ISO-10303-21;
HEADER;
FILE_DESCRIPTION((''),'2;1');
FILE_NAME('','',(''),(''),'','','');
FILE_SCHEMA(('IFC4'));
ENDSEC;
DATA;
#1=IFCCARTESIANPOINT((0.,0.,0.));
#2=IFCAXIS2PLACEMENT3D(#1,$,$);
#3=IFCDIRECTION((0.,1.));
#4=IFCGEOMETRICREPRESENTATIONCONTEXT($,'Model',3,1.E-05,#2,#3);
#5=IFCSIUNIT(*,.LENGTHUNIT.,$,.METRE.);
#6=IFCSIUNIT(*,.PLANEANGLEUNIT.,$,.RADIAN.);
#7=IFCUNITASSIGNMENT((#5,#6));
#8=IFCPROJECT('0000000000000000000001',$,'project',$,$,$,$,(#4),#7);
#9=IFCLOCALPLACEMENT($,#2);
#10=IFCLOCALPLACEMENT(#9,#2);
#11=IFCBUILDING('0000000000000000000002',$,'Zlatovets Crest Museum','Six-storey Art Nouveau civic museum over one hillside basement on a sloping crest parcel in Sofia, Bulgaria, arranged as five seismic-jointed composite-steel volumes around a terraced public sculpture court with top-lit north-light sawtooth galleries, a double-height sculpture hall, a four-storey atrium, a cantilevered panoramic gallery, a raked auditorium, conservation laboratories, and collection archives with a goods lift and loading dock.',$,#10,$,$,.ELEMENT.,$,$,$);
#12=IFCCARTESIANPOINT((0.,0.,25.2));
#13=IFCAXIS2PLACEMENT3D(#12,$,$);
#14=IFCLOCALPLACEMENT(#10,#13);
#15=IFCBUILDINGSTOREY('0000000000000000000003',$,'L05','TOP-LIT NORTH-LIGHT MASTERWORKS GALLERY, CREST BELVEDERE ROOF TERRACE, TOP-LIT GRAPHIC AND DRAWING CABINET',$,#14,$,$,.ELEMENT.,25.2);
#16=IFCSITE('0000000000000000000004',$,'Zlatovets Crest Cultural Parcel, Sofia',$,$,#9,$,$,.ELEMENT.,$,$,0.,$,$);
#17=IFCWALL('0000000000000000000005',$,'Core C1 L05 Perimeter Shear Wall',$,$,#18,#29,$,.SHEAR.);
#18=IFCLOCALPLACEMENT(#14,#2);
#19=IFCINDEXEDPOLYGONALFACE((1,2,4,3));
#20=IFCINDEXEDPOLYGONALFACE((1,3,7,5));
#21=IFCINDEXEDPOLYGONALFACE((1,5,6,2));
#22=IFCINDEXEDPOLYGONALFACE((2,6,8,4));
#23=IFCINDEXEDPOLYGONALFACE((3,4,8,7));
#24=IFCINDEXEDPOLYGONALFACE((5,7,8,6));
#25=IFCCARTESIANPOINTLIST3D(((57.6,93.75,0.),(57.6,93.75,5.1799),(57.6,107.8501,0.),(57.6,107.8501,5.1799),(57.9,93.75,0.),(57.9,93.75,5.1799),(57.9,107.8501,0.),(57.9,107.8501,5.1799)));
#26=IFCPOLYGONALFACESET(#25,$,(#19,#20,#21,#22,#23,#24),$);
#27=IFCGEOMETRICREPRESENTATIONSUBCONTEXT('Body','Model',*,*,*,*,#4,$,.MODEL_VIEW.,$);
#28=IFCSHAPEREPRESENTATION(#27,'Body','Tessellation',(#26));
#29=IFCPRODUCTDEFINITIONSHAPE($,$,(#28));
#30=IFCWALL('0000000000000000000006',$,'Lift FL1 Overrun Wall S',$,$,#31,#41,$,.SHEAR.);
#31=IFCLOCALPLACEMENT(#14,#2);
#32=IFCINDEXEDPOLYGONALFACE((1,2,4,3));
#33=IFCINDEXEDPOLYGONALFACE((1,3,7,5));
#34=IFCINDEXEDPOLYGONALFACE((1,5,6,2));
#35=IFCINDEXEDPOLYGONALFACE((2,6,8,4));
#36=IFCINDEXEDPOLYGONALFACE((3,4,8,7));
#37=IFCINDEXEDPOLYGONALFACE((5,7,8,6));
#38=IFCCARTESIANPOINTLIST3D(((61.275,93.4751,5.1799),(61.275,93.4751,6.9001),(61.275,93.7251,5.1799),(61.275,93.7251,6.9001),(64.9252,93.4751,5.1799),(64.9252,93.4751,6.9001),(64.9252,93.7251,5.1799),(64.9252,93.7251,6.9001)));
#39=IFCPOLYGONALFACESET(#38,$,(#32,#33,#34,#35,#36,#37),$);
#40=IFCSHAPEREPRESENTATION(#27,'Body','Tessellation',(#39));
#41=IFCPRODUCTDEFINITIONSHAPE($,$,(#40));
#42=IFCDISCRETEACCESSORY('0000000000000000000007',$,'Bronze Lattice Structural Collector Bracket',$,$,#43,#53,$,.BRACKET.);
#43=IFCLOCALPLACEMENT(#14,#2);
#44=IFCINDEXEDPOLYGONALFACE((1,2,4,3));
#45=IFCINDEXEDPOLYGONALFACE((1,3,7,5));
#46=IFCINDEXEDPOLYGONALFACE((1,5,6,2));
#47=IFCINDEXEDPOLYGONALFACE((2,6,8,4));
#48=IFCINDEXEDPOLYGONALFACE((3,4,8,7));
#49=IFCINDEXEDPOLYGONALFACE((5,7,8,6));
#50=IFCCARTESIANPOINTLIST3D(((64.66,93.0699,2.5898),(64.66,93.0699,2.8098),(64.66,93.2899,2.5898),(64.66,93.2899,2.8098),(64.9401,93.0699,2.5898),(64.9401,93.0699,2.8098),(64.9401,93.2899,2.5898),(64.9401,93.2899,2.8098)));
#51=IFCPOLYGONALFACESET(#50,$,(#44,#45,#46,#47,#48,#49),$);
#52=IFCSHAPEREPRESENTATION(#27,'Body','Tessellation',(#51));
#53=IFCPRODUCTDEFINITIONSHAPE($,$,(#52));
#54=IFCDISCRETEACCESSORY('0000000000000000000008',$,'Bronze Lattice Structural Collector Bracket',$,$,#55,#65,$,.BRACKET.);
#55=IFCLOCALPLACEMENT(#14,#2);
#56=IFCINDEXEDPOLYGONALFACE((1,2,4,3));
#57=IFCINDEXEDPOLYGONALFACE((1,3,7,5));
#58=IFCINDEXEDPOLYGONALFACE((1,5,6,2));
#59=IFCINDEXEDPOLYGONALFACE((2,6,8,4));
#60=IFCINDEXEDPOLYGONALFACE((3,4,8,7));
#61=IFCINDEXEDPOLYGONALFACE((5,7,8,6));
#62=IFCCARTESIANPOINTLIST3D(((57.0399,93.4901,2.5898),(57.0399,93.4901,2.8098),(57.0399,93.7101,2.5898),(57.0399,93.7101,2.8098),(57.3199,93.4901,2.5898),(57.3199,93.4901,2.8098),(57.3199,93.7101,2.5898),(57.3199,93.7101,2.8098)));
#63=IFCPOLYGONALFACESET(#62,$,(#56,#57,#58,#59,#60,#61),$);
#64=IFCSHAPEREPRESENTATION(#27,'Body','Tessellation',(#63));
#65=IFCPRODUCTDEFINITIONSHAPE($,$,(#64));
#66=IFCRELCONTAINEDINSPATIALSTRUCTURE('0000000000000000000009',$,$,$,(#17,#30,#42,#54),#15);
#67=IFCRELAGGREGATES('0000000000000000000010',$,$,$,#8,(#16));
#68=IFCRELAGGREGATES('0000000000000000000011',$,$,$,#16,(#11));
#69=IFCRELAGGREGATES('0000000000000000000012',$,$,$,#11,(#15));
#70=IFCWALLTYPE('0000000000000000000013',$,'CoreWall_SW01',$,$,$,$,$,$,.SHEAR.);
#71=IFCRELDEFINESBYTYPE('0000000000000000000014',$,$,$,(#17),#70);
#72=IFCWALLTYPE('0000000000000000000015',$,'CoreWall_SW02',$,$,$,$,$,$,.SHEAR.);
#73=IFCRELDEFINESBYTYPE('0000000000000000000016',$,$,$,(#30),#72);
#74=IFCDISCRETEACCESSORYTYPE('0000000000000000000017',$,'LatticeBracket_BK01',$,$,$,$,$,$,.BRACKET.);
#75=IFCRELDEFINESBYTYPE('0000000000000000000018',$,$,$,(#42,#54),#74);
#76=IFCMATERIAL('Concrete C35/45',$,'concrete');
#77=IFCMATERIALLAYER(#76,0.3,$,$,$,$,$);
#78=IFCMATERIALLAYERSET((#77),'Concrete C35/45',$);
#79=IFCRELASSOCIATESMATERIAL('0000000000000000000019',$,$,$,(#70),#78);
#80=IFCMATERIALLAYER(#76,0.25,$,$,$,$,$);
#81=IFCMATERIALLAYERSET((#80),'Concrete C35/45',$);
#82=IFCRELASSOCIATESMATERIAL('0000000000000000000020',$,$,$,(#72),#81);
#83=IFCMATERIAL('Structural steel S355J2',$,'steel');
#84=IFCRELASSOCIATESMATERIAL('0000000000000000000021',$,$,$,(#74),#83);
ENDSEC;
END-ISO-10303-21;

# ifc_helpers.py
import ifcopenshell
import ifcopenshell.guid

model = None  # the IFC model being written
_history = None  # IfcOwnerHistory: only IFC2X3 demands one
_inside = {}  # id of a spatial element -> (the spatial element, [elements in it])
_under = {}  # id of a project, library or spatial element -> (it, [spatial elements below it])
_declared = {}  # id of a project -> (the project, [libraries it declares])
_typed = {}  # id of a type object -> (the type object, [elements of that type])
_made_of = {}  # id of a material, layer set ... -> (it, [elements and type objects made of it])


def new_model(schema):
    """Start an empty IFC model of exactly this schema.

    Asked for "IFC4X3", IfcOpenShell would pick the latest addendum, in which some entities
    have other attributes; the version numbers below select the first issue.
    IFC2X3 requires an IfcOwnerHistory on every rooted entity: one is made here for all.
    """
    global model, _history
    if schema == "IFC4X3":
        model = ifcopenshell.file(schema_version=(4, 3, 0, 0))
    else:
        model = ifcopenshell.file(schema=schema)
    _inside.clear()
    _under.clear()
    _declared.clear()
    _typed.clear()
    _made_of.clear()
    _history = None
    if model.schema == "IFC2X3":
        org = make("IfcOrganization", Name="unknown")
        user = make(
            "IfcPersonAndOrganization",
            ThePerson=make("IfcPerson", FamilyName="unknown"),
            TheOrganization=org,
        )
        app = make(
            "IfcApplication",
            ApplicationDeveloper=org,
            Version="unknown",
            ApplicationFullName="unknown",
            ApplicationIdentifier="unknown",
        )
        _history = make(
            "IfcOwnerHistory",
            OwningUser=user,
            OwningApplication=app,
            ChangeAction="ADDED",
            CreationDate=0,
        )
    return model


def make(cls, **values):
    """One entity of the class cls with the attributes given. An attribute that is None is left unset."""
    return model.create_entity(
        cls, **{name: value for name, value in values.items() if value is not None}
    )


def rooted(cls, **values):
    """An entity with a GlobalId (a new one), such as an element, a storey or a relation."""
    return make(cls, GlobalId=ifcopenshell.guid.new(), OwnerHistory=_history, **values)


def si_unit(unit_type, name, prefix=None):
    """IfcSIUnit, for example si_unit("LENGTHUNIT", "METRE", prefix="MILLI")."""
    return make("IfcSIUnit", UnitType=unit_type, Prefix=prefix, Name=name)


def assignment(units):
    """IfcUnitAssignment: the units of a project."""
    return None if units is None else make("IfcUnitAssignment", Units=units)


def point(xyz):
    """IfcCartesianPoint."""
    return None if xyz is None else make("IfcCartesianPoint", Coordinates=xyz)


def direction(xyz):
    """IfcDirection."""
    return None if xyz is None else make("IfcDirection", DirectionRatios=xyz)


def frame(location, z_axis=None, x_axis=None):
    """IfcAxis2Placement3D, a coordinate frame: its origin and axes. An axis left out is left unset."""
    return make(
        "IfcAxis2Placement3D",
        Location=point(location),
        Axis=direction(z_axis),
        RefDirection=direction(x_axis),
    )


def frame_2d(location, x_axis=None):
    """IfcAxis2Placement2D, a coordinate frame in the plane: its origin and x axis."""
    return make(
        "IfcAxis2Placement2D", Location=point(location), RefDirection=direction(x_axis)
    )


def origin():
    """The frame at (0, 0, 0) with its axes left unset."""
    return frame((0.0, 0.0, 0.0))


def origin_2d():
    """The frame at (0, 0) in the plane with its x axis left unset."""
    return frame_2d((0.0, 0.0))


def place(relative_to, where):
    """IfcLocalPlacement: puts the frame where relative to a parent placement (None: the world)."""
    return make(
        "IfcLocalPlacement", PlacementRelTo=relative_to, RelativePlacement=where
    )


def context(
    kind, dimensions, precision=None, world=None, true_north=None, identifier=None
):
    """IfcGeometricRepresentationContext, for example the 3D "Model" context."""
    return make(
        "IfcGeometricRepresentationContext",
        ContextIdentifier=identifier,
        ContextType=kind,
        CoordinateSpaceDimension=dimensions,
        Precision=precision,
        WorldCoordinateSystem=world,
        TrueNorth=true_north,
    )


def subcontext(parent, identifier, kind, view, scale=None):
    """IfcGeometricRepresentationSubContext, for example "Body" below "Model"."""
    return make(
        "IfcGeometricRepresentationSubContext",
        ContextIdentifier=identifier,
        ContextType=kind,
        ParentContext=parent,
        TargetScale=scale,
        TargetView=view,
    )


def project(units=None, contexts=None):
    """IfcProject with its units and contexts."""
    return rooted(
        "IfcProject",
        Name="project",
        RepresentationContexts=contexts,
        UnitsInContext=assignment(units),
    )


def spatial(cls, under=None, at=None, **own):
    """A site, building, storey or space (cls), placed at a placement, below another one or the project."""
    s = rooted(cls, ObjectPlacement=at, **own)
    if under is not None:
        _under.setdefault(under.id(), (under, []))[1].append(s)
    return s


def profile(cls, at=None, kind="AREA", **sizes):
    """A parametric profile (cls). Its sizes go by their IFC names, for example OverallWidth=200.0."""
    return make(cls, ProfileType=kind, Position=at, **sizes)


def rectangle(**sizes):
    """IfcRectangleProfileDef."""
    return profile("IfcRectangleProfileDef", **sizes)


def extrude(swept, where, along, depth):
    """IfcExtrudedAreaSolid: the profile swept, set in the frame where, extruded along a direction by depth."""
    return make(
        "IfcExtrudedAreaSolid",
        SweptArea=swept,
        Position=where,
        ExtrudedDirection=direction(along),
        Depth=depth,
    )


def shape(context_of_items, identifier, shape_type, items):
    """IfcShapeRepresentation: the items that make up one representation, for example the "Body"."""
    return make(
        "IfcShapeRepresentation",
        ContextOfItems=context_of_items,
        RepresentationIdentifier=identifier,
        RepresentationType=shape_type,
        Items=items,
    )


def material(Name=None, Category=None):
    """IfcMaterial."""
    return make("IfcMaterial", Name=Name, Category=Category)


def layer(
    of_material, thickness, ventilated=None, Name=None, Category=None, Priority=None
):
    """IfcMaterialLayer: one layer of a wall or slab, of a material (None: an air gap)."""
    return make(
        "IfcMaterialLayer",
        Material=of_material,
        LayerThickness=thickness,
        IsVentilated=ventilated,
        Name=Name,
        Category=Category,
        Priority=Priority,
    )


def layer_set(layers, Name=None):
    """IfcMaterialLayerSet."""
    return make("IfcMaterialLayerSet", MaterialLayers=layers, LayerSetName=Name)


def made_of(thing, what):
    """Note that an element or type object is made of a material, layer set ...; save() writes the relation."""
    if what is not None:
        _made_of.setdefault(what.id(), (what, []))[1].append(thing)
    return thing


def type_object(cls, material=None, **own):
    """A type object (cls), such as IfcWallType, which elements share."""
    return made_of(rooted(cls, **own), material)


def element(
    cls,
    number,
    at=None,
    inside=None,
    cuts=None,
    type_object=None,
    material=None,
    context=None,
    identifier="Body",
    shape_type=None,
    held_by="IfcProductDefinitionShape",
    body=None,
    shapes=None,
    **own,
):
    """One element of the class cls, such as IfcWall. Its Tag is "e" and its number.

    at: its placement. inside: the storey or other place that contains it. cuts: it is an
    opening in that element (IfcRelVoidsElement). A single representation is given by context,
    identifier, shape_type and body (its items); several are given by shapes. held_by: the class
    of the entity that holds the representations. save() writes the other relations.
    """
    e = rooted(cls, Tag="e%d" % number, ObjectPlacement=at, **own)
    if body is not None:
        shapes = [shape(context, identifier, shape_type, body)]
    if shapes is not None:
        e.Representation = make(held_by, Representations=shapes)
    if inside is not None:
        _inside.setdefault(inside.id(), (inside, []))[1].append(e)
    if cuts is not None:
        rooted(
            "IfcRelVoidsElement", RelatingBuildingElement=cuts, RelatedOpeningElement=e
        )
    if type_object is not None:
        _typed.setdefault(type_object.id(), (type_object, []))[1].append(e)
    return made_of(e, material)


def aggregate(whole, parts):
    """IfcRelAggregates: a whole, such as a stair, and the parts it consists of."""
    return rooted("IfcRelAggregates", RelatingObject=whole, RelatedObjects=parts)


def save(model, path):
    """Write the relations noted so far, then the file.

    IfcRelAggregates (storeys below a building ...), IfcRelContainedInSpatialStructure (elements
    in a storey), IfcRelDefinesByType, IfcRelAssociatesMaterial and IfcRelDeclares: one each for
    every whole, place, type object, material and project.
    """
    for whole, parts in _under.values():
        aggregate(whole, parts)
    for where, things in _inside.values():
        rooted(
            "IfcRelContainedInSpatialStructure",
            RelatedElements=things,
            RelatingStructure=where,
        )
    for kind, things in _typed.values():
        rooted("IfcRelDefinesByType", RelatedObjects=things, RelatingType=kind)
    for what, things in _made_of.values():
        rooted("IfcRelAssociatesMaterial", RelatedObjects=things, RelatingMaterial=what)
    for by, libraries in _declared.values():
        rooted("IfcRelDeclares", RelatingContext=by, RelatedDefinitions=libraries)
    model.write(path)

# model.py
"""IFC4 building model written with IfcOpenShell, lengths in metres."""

from ifc_helpers import new_model, si_unit, direction, frame, frame_2d, origin, origin_2d, place, context, subcontext, project, spatial, rectangle, extrude, material, layer, layer_set, type_object, element, save


model = new_model("IFC4")

# Units and contexts
model_context = context("Model", 3, precision=1e-05, world=origin(), true_north=direction((0.0, 1.0)))
body_context = subcontext(model_context, "Body", "Model", "MODEL_VIEW")
ifc_project = project(units=[si_unit("LENGTHUNIT", "METRE"), si_unit("PLANEANGLEUNIT", "RADIAN")], contexts=[model_context])

# Site, building, storey
site_placement = place(None, origin())
site = spatial("IfcSite", under=ifc_project, at=site_placement, Name="Zlatovets Crest Cultural Parcel, Sofia", CompositionType="ELEMENT", RefElevation=0.0)
building_placement = place(site_placement, origin())
building = spatial("IfcBuilding", under=site, at=building_placement, Name="Zlatovets Crest Museum", Description="Six-storey Art Nouveau civic museum over one hillside basement on a sloping crest parcel in Sofia, Bulgaria, arranged as five seismic-jointed composite-steel volumes around a terraced public sculpture court with top-lit north-light sawtooth galleries, a double-height sculpture hall, a four-storey atrium, a cantilevered panoramic gallery, a raked auditorium, conservation laboratories, and collection archives with a goods lift and loading dock.", CompositionType="ELEMENT")
storey_placement = place(building_placement, frame((0.0, 0.0, 25.2)))
storey = spatial("IfcBuildingStorey", under=building, at=storey_placement, Name="L05", Description="TOP-LIT NORTH-LIGHT MASTERWORKS GALLERY, CREST BELVEDERE ROOF TERRACE, TOP-LIT GRAPHIC AND DRAWING CABINET", CompositionType="ELEMENT", Elevation=25.2)

# Shared definitions
ifc_material_1 = material(Name="Structural steel S355J2", Category="steel")

# Wall
ifc_material_2 = material(Name="Concrete C35/45", Category="concrete")
ifc_layer_1 = layer(ifc_material_2, 0.3)
ifc_layer_set_1 = layer_set([ifc_layer_1], Name="Concrete C35/45")
wall_type_1 = type_object("IfcWallType", Name="CoreWall_SW01", PredefinedType="SHEAR", material=ifc_layer_set_1)
wall_1_placement = place(storey_placement, frame((57.75, 93.75, 0.0), z_axis=(0.0, 0.0, 1.0), x_axis=(0.0, 1.0, 0.0)))
element("IfcWall", 1, at=wall_1_placement, inside=storey, type_object=wall_type_1, Name="Core C1 L05 Perimeter Shear Wall", PredefinedType="SHEAR", context=body_context, shape_type="SweptSolid", body=[
    extrude(rectangle(XDim=14.1001, YDim=0.3, at=frame_2d((7.05, 0.0))), origin(), (0.0, 0.0, 1.0), 5.1799),
])

# Shared definitions
ifc_layer_2 = layer(ifc_material_2, 0.25)
ifc_layer_set_2 = layer_set([ifc_layer_2], Name="Concrete C35/45")
wall_type_2 = type_object("IfcWallType", Name="CoreWall_SW02", PredefinedType="SHEAR", material=ifc_layer_set_2)

# Wall
wall_2_placement = place(storey_placement, frame((61.2749, 93.6001, 5.1799), z_axis=(0.0, 0.0, 1.0), x_axis=(1.0, 0.0, 0.0)))
element("IfcWall", 2, at=wall_2_placement, inside=storey, type_object=wall_type_2, Name="Lift FL1 Overrun Wall S", PredefinedType="SHEAR", context=body_context, shape_type="SweptSolid", body=[
    extrude(rectangle(XDim=3.6501, YDim=0.25, at=frame_2d((1.8252, 0.0))), origin(), (0.0, 0.0, 1.0), 1.7202),
])

# Discrete accessories
discrete_accessory_type = type_object("IfcDiscreteAccessoryType", Name="LatticeBracket_BK01", PredefinedType="BRACKET", material=ifc_material_1)
for number, where, z_axis, x_axis, name in (
    (3, (64.8, 93.1799, 2.5898), (0.0, 0.0, 1.0), (1.0, 0.0, 0.0), "Bronze Lattice Structural Collector Bracket"),
    (4, (57.1799, 93.6001, 2.5898), (0.0, 0.0, 1.0), (1.0, 0.0, 0.0), "Bronze Lattice Structural Collector Bracket"),
):
    element("IfcDiscreteAccessory", number, at=place(storey_placement, frame(where, z_axis=z_axis, x_axis=x_axis)), inside=storey, type_object=discrete_accessory_type, Name=name, PredefinedType="BRACKET", context=body_context, shape_type="SweptSolid", body=[
        extrude(rectangle(XDim=0.28, YDim=0.22, at=origin_2d()), origin(), (0.0, 0.0, 1.0), 0.22),
    ])

save(model, "model.ifc")
